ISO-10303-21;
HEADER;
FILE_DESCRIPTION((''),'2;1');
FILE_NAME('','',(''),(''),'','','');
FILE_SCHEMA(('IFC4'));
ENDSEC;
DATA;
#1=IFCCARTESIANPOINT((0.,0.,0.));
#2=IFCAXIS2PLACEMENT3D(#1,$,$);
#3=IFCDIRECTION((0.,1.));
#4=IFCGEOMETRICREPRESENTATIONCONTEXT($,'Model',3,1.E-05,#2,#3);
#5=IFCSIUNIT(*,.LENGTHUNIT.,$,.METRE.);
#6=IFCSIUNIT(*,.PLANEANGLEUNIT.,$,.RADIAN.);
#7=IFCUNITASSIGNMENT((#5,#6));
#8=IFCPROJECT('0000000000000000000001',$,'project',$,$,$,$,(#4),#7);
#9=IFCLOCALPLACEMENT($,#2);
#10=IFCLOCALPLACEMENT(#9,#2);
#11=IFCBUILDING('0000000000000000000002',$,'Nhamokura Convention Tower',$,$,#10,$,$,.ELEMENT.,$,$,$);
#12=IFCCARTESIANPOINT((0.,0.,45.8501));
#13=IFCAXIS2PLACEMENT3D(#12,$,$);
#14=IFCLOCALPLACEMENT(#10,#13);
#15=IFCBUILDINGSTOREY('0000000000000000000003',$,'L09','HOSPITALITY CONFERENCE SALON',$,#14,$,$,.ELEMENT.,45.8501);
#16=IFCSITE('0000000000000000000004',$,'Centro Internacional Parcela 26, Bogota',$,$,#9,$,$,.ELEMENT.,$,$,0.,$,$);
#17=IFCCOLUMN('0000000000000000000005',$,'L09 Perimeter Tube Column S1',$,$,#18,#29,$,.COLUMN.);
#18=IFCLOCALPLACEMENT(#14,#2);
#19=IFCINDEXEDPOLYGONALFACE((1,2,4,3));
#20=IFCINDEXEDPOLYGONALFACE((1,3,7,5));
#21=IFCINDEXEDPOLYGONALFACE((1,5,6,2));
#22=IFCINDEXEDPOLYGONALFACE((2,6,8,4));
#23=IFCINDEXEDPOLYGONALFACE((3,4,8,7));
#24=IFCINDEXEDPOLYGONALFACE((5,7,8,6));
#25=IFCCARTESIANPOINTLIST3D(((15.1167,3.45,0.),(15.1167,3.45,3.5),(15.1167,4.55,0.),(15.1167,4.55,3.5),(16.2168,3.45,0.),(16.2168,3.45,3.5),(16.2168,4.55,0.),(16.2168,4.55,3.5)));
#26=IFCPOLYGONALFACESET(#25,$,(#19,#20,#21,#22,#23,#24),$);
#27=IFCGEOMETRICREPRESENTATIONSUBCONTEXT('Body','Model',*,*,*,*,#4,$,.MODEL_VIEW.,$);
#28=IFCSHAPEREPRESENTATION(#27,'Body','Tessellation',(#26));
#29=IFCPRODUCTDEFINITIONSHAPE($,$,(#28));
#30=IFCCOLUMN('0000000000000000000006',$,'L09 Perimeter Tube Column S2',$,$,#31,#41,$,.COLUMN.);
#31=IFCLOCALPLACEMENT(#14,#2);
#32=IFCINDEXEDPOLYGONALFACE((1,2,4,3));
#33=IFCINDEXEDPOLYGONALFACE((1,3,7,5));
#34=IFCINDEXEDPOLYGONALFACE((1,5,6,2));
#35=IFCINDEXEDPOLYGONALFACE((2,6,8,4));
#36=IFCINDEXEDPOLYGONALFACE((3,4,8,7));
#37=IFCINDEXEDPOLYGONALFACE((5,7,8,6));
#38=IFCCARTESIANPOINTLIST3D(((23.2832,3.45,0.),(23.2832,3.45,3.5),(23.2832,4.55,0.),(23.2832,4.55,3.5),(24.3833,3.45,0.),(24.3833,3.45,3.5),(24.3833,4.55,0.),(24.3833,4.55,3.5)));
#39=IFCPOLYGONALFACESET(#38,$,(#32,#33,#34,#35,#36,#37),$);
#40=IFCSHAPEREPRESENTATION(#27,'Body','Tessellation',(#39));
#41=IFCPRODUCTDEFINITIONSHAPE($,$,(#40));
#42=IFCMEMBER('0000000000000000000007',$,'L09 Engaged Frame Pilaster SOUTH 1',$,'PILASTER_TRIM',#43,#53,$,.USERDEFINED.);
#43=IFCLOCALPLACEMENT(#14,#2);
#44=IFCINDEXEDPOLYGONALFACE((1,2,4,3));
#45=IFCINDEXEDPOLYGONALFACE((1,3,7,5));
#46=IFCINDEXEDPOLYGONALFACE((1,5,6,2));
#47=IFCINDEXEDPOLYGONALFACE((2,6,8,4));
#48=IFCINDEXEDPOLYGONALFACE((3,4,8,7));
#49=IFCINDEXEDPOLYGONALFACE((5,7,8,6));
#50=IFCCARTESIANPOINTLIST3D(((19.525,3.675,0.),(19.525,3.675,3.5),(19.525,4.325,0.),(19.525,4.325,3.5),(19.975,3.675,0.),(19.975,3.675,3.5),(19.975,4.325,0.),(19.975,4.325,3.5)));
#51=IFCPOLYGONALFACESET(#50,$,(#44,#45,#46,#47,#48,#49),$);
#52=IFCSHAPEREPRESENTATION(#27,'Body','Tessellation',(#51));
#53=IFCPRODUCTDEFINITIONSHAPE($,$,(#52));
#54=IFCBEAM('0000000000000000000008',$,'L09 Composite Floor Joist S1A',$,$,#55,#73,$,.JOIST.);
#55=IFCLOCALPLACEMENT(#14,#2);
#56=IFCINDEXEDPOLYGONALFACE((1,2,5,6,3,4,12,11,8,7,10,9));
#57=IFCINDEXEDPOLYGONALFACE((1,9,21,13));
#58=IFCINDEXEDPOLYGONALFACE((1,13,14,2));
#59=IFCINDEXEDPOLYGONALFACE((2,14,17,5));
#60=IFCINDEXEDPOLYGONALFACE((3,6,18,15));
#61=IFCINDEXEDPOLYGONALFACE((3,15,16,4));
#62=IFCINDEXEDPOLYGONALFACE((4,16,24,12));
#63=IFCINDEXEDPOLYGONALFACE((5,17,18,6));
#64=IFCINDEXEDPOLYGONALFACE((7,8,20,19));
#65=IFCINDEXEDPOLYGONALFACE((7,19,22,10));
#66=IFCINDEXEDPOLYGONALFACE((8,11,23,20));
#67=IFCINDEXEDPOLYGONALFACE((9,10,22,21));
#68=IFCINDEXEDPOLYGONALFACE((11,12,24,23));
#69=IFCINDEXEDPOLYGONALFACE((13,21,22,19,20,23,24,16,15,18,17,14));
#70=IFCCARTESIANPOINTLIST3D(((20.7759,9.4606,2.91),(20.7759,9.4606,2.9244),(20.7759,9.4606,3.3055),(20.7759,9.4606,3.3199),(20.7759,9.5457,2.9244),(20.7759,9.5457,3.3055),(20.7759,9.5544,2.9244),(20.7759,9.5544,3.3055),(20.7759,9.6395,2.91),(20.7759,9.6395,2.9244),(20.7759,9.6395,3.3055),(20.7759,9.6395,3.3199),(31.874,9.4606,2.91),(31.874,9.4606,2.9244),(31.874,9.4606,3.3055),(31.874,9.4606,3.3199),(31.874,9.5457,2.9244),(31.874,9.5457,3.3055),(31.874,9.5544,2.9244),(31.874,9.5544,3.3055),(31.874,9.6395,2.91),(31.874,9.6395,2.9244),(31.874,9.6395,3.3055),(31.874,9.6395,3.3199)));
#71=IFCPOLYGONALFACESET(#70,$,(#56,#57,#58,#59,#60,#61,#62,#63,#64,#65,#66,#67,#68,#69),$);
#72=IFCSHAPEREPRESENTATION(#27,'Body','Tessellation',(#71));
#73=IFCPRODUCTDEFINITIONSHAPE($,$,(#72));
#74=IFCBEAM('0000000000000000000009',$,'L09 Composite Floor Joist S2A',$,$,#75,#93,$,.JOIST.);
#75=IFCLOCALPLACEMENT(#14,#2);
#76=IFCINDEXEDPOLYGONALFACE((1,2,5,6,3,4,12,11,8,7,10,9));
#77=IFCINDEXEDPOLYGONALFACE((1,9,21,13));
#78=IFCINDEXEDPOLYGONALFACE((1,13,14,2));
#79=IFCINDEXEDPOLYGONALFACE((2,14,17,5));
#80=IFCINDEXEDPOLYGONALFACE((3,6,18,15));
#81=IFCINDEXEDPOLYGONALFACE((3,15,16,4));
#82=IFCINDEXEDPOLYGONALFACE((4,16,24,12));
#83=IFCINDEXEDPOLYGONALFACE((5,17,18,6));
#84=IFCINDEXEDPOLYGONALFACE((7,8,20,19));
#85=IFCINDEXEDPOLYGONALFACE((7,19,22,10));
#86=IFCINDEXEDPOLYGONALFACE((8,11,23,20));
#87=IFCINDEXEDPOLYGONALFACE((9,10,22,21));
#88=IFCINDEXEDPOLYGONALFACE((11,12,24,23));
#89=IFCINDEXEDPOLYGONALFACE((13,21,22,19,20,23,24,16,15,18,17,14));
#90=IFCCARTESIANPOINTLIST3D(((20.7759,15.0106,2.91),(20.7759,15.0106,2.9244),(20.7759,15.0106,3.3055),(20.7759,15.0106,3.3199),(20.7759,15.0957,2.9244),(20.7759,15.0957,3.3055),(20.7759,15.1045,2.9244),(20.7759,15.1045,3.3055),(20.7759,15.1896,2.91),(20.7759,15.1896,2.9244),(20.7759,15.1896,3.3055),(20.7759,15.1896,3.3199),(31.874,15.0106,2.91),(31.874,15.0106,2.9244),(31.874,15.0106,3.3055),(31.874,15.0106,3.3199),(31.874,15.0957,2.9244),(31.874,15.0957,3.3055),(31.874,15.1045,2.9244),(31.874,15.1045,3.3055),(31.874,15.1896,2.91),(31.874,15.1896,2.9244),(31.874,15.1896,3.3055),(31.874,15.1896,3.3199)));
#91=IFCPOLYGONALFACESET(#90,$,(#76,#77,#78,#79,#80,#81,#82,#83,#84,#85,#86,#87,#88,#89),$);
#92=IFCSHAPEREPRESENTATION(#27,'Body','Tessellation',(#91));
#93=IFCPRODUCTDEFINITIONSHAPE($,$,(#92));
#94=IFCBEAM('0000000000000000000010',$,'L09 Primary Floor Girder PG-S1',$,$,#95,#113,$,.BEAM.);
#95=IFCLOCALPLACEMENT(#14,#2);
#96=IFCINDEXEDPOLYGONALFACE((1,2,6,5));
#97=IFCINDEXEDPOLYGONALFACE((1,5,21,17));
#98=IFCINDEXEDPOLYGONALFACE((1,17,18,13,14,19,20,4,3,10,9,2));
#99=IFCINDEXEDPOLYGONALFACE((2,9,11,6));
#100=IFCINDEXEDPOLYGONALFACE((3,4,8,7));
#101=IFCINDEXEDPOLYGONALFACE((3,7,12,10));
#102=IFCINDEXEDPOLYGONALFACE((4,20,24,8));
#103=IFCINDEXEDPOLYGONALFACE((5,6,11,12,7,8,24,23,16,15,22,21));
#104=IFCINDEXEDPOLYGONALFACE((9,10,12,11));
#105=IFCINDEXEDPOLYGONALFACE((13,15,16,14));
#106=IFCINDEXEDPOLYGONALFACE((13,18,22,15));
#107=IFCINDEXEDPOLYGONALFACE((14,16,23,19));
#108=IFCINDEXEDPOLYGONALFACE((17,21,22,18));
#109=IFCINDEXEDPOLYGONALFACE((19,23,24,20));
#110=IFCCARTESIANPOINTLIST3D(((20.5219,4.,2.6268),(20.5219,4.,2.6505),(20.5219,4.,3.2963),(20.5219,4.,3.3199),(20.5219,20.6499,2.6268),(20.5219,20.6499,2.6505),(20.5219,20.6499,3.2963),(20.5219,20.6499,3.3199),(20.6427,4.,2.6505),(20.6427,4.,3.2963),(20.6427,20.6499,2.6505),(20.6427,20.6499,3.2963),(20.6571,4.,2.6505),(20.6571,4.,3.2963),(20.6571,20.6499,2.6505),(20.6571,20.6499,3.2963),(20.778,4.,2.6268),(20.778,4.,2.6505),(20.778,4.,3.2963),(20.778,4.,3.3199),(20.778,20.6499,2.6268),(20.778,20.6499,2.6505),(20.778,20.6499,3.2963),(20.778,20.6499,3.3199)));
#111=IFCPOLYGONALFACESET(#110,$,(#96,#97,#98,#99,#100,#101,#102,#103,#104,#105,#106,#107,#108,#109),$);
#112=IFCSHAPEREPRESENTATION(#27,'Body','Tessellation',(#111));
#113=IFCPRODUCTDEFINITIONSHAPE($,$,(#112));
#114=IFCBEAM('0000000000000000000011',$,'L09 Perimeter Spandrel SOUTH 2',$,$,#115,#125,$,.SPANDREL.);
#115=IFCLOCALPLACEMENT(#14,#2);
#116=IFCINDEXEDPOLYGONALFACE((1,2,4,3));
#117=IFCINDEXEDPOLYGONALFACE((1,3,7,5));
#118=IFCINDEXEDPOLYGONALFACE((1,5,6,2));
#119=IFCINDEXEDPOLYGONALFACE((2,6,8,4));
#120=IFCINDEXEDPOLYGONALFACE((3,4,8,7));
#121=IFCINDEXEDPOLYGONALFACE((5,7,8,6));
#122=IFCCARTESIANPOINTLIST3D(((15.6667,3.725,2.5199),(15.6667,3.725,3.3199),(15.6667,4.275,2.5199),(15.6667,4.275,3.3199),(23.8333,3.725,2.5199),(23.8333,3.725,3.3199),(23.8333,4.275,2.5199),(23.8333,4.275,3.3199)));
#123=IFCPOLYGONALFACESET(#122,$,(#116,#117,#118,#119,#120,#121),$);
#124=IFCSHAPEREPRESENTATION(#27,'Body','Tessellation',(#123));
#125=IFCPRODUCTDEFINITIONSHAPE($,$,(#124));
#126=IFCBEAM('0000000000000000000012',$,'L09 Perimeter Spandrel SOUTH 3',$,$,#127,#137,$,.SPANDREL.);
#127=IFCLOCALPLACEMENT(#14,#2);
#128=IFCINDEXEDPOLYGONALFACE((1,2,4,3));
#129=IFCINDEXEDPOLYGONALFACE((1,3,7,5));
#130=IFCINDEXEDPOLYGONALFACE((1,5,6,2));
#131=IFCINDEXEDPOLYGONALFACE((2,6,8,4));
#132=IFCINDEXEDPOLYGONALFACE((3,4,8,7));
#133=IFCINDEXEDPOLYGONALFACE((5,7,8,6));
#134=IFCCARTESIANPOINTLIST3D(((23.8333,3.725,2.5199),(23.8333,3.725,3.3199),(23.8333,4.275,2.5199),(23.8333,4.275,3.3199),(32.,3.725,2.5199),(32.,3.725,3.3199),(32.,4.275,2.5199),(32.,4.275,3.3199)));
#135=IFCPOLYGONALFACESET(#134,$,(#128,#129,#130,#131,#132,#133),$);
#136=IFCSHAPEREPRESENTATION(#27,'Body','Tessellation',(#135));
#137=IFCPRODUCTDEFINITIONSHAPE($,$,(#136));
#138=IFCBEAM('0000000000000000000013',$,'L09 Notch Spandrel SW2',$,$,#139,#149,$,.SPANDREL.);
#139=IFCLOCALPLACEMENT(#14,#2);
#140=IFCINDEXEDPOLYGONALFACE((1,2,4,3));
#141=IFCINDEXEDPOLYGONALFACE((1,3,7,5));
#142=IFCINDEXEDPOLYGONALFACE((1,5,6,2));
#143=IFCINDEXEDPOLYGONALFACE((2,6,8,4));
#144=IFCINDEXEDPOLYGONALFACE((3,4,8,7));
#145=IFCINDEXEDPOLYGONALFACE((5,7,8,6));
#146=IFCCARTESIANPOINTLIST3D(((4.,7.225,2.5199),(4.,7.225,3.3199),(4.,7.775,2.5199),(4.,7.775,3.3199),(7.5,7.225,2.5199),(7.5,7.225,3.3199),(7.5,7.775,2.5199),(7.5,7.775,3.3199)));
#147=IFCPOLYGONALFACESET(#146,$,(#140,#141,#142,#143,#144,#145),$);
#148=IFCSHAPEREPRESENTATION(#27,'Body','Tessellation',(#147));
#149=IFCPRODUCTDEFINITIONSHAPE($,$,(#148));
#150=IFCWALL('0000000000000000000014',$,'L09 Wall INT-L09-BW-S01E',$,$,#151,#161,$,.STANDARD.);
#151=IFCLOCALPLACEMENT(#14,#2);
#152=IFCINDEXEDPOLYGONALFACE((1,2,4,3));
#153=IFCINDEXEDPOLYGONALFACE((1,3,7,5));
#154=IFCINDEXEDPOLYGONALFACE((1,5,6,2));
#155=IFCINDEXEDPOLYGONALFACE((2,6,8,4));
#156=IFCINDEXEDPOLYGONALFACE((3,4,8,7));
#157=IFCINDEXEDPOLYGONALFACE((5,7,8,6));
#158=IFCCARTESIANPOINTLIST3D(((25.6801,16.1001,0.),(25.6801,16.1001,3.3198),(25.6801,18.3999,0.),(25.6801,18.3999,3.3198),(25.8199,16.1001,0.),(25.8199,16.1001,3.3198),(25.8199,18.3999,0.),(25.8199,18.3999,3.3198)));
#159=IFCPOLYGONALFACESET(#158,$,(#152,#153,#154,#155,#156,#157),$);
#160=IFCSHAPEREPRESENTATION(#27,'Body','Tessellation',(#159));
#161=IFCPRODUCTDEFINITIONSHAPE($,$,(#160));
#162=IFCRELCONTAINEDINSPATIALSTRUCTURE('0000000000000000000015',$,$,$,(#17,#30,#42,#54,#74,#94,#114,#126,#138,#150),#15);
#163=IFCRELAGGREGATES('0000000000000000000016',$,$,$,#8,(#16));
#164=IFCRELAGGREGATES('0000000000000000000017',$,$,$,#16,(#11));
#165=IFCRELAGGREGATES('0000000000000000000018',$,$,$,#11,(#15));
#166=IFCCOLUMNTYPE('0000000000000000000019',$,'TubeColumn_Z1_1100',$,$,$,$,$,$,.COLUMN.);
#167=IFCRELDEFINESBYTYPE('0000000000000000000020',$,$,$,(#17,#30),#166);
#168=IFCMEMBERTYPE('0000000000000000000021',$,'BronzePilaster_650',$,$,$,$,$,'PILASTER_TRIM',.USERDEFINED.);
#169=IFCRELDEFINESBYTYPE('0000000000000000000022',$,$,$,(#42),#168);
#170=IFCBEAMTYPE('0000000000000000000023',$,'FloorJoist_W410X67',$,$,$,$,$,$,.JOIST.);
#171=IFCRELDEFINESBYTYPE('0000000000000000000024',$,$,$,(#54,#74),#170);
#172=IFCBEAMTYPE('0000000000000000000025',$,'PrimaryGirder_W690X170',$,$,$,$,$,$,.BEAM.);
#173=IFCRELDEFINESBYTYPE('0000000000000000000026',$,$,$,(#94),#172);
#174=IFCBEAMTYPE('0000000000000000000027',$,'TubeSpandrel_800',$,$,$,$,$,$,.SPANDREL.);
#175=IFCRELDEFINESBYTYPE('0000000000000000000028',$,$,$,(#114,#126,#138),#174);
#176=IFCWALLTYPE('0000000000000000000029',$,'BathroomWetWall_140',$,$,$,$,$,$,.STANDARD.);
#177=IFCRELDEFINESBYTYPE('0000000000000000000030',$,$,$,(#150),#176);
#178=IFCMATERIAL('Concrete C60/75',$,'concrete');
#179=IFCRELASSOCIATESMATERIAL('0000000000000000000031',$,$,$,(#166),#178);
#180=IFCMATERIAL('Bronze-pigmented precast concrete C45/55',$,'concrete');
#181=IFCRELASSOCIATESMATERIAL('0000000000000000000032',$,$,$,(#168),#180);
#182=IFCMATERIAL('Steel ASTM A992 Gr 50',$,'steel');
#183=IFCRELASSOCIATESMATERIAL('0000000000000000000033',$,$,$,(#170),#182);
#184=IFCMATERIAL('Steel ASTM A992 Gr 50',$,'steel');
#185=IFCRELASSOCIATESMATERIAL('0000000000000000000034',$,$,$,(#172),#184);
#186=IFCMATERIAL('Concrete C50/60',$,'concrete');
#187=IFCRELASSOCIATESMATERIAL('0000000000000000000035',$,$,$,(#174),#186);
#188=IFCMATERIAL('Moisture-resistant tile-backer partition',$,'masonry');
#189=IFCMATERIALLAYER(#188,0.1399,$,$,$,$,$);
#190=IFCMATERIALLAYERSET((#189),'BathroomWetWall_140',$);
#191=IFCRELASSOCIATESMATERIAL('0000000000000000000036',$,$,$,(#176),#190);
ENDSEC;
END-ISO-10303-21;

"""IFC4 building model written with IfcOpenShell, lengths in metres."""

from ifc_helpers import new_model, si_unit, direction, frame, frame_2d, origin, origin_2d, place, context, subcontext, project, spatial, rectangle, i_section, extrude, material, layer, layer_set, material_profile, profile_set, type_object, element, save


model = new_model("IFC4")

# Units and contexts
model_context = context("Model", 3, precision=1e-05, world=origin(), true_north=direction((0.0, 1.0)))
body_context = subcontext(model_context, "Body", "Model", "MODEL_VIEW")
ifc_project = project(units=[si_unit("LENGTHUNIT", "METRE"), si_unit("PLANEANGLEUNIT", "RADIAN")], contexts=[model_context])

# Site, building, storey
site_placement = place(None, origin())
site = spatial("IfcSite", under=ifc_project, at=site_placement, Name="Centro Internacional Parcela 26, Bogota", CompositionType="ELEMENT", RefElevation=0.0)
building_placement = place(site_placement, origin())
building = spatial("IfcBuilding", under=site, at=building_placement, Name="Nhamokura Convention Tower", CompositionType="ELEMENT")
storey_placement = place(building_placement, frame((0.0, 0.0, 45.8501)))
storey = spatial("IfcBuildingStorey", under=building, at=storey_placement, Name="L09", Description="HOSPITALITY CONFERENCE SALON", CompositionType="ELEMENT", Elevation=45.8501)

# Columns
ifc_material_1 = material(Name="Concrete C60/75", Category="concrete")
ifc_material_profile_1 = material_profile(ifc_material_1, rectangle(XDim=1.1001, YDim=1.1001, at=origin_2d()))
ifc_profile_set_1 = profile_set([ifc_material_profile_1], Name="Concrete C60/75")
column_type = type_object("IfcColumnType", Name="TubeColumn_Z1_1100", PredefinedType="COLUMN", material=ifc_profile_set_1)
for number, where, z_axis, x_axis, name in (
    (1, (15.6667, 4.0, 0.0), (0.0, 0.0, 1.0), (1.0, 0.0, 0.0), "L09 Perimeter Tube Column S1"),
    (2, (23.8333, 4.0, 0.0), (0.0, 0.0, 1.0), (1.0, 0.0, 0.0), "L09 Perimeter Tube Column S2"),
):
    element("IfcColumn", number, at=place(storey_placement, frame(where, z_axis=z_axis, x_axis=x_axis)), inside=storey, type_object=column_type, Name=name, PredefinedType="COLUMN", context=body_context, shape_type="SweptSolid", body=[
        extrude(rectangle(XDim=1.1001, YDim=1.1001, at=origin_2d()), origin(), (0.0, 0.0, 1.0), 3.5),
    ])

# Member
ifc_material_2 = material(Name="Bronze-pigmented precast concrete C45/55", Category="concrete")
ifc_material_profile_2 = material_profile(ifc_material_2, rectangle(XDim=0.45, YDim=0.6499, at=origin_2d()))
ifc_profile_set_2 = profile_set([ifc_material_profile_2], Name="Bronze-pigmented precast concrete C45/55")
member_type = type_object("IfcMemberType", Name="BronzePilaster_650", ElementType="PILASTER_TRIM", PredefinedType="USERDEFINED", material=ifc_profile_set_2)
member_placement = place(storey_placement, frame((19.75, 4.0, 0.0), z_axis=(0.0, 0.0, 1.0), x_axis=(1.0, 0.0, 0.0)))
element("IfcMember", 3, at=member_placement, inside=storey, type_object=member_type, Name="L09 Engaged Frame Pilaster SOUTH 1", ObjectType="PILASTER_TRIM", PredefinedType="USERDEFINED", context=body_context, shape_type="SweptSolid", body=[
    extrude(rectangle(XDim=0.45, YDim=0.6499, at=origin_2d()), origin(), (0.0, 0.0, 1.0), 3.5),
])

# Beams
ifc_material_3 = material(Name="Steel ASTM A992 Gr 50", Category="steel")
ifc_material_profile_3 = material_profile(ifc_material_3, i_section(OverallWidth=0.179, OverallDepth=0.4099, WebThickness=0.0088, FlangeThickness=0.0144, at=origin_2d()))
ifc_profile_set_3 = profile_set([ifc_material_profile_3], Name="Steel ASTM A992 Gr 50")
beam_type_1 = type_object("IfcBeamType", Name="FloorJoist_W410X67", PredefinedType="JOIST", material=ifc_profile_set_3)
for number, where, z_axis, x_axis, name in (
    (4, (20.7759, 9.55, 3.115), (1.0, 0.0, 0.0), (0.0, 1.0, 0.0), "L09 Composite Floor Joist S1A"),
    (5, (20.7759, 15.1001, 3.115), (1.0, 0.0, 0.0), (0.0, 1.0, 0.0), "L09 Composite Floor Joist S2A"),
):
    element("IfcBeam", number, at=place(storey_placement, frame(where, z_axis=z_axis, x_axis=x_axis)), inside=storey, type_object=beam_type_1, Name=name, PredefinedType="JOIST", context=body_context, shape_type="SweptSolid", body=[
        extrude(i_section(OverallWidth=0.179, OverallDepth=0.4099, WebThickness=0.0088, FlangeThickness=0.0144, at=origin_2d()), origin(), (0.0, 0.0, 1.0), 11.0981),
    ])
ifc_material_4 = material(Name="Steel ASTM A992 Gr 50", Category="steel")
ifc_material_profile_4 = material_profile(ifc_material_4, i_section(OverallWidth=0.2561, OverallDepth=0.6931, WebThickness=0.0144, FlangeThickness=0.0237, at=origin_2d()))
ifc_profile_set_4 = profile_set([ifc_material_profile_4], Name="Steel ASTM A992 Gr 50")
beam_type_2 = type_object("IfcBeamType", Name="PrimaryGirder_W690X170", PredefinedType="BEAM", material=ifc_profile_set_4)
beam_1_placement = place(storey_placement, frame((20.6499, 4.0, 2.9734), z_axis=(0.0, 1.0, 0.0), x_axis=(-1.0, 0.0, 0.0)))
element("IfcBeam", 6, at=beam_1_placement, inside=storey, type_object=beam_type_2, Name="L09 Primary Floor Girder PG-S1", PredefinedType="BEAM", context=body_context, shape_type="SweptSolid", body=[
    extrude(i_section(OverallWidth=0.2561, OverallDepth=0.6931, WebThickness=0.0144, FlangeThickness=0.0237, at=origin_2d()), origin(), (0.0, 0.0, 1.0), 16.6499),
])
ifc_material_5 = material(Name="Concrete C50/60", Category="concrete")
ifc_material_profile_5 = material_profile(ifc_material_5, rectangle(XDim=0.55, YDim=0.8, at=origin_2d()))
ifc_profile_set_5 = profile_set([ifc_material_profile_5], Name="Concrete C50/60")
beam_type_3 = type_object("IfcBeamType", Name="TubeSpandrel_800", PredefinedType="SPANDREL", material=ifc_profile_set_5)
beam_2_placement = place(storey_placement, frame((15.6667, 4.0, 2.9199), z_axis=(1.0, 0.0, 0.0), x_axis=(0.0, 1.0, 0.0)))
element("IfcBeam", 7, at=beam_2_placement, inside=storey, type_object=beam_type_3, Name="L09 Perimeter Spandrel SOUTH 2", PredefinedType="SPANDREL", context=body_context, shape_type="SweptSolid", body=[
    extrude(rectangle(XDim=0.55, YDim=0.8, at=origin_2d()), origin(), (0.0, 0.0, 1.0), 8.1665),
])
beam_3_placement = place(storey_placement, frame((23.8333, 4.0, 2.9199), z_axis=(1.0, 0.0, 0.0), x_axis=(0.0, 1.0, 0.0)))
element("IfcBeam", 8, at=beam_3_placement, inside=storey, type_object=beam_type_3, Name="L09 Perimeter Spandrel SOUTH 3", PredefinedType="SPANDREL", context=body_context, shape_type="SweptSolid", body=[
    extrude(rectangle(XDim=0.55, YDim=0.8, at=origin_2d()), origin(), (0.0, 0.0, 1.0), 8.1667),
])
beam_4_placement = place(storey_placement, frame((7.5, 7.5, 2.9199), z_axis=(-1.0, 0.0, 0.0), x_axis=(0.0, -1.0, 0.0)))
element("IfcBeam", 9, at=beam_4_placement, inside=storey, type_object=beam_type_3, Name="L09 Notch Spandrel SW2", PredefinedType="SPANDREL", context=body_context, shape_type="SweptSolid", body=[
    extrude(rectangle(XDim=0.55, YDim=0.8, at=origin_2d()), origin(), (0.0, 0.0, 1.0), 3.5),
])

# Wall
ifc_material_6 = material(Name="Moisture-resistant tile-backer partition", Category="masonry")
ifc_layer_1 = layer(ifc_material_6, 0.1399)
ifc_layer_set_1 = layer_set([ifc_layer_1], Name="BathroomWetWall_140")
wall_type_1 = type_object("IfcWallType", Name="BathroomWetWall_140", PredefinedType="STANDARD", material=ifc_layer_set_1)
wall_1_placement = place(storey_placement, frame((25.75, 16.1001, 0.0), z_axis=(0.0, 0.0, 1.0), x_axis=(0.0, 1.0, 0.0)))
element("IfcWall", 10, at=wall_1_placement, inside=storey, type_object=wall_type_1, Name="L09 Wall INT-L09-BW-S01E", PredefinedType="STANDARD", context=body_context, shape_type="SweptSolid", body=[
    extrude(rectangle(XDim=2.2998, YDim=0.1399, at=frame_2d((1.1499, 0.0))), origin(), (0.0, 0.0, 1.0), 3.3198),
])

save(model, "model.ifc")
